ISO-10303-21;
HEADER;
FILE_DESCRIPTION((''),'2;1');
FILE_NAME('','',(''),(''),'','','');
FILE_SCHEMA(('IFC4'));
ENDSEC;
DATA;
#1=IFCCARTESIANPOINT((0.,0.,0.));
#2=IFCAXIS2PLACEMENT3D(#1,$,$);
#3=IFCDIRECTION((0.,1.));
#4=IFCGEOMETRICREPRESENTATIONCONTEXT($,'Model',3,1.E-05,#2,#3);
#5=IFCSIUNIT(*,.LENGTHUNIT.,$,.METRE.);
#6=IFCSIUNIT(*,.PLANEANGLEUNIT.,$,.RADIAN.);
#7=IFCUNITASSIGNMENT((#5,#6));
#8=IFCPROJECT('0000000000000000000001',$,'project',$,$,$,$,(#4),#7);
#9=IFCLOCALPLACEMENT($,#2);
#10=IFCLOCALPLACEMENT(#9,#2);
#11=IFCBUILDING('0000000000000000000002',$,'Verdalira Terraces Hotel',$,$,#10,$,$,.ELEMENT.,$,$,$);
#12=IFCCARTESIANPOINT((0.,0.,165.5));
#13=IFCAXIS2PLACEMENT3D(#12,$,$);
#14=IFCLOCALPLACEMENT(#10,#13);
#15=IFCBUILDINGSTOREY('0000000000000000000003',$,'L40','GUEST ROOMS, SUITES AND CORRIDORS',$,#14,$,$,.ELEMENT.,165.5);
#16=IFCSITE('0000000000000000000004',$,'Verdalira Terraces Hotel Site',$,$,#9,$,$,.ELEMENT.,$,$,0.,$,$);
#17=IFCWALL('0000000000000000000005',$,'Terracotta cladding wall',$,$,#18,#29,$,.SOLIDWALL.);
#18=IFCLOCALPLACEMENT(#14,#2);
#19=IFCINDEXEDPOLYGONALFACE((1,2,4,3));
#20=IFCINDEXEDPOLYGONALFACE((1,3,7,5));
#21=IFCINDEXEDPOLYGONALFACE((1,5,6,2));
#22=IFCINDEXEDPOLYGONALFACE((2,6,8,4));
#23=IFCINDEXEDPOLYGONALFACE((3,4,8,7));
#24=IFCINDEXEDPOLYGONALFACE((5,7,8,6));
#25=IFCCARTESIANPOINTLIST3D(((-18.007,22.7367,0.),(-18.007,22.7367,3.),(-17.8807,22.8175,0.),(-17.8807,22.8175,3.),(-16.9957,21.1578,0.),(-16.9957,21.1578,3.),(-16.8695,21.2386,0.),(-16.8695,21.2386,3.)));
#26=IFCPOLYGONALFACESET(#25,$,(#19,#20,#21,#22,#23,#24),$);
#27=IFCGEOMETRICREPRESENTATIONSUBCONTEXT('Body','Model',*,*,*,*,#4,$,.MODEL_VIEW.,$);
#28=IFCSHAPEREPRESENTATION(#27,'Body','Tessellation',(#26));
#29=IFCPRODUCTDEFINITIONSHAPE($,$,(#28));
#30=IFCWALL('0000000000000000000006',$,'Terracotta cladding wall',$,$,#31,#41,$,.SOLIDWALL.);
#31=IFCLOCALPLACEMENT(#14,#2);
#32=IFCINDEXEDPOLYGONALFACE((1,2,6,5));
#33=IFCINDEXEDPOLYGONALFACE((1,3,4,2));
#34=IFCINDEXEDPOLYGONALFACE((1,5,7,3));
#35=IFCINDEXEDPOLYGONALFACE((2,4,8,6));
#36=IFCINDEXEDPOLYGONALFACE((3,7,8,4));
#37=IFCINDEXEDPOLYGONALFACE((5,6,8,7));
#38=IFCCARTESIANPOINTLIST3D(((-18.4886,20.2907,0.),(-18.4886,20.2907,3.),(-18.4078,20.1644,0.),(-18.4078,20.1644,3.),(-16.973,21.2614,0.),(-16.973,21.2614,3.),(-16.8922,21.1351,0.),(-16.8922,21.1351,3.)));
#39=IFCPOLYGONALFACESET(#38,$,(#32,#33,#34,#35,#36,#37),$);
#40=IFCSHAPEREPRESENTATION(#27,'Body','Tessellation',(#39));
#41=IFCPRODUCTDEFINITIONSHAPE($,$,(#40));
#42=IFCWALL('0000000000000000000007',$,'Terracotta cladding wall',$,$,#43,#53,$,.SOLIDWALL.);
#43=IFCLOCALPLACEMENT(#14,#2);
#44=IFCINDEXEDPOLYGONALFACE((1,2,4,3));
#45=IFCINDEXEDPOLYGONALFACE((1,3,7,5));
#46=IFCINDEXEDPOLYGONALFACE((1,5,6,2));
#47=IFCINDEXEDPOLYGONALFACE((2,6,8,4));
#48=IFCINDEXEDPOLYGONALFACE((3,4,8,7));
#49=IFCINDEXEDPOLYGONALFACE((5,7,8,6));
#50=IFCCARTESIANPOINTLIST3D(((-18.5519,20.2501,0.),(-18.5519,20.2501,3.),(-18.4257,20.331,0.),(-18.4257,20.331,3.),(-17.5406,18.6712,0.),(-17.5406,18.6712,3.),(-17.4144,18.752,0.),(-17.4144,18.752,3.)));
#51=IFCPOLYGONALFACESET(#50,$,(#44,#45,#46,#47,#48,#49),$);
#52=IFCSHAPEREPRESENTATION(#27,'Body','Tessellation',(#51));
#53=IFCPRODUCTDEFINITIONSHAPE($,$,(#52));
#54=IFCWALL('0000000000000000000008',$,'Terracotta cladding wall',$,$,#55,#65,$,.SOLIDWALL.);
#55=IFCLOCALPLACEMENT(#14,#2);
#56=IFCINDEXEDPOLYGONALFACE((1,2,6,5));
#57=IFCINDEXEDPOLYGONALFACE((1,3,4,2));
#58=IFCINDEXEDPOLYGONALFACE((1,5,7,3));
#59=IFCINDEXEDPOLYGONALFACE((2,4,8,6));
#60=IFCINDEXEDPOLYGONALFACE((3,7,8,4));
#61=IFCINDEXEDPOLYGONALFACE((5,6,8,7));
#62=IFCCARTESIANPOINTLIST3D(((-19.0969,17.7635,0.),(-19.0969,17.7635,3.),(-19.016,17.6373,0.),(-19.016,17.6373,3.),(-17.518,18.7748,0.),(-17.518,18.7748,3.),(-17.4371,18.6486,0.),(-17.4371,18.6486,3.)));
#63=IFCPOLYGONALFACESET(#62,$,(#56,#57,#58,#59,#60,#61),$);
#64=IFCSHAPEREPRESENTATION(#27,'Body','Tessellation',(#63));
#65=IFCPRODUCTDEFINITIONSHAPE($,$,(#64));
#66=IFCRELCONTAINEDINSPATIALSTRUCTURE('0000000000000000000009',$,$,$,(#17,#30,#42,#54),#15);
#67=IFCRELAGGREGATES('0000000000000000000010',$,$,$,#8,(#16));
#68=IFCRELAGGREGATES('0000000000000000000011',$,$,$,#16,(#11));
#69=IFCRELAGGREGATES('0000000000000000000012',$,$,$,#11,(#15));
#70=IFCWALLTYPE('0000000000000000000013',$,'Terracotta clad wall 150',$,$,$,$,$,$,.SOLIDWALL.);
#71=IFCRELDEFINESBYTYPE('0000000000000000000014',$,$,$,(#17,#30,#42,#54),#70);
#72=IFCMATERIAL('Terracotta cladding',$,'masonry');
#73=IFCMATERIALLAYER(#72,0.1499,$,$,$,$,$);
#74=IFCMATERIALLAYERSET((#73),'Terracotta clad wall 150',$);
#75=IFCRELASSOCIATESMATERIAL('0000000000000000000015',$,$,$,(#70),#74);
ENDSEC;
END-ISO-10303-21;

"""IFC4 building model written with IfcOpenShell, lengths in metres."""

from ifc_helpers import new_model, si_unit, direction, frame, frame_2d, origin, place, context, subcontext, project, spatial, rectangle, extrude, material, layer, layer_set, type_object, element, save


model = new_model("IFC4")

# Units and contexts
model_context = context("Model", 3, precision=1e-05, world=origin(), true_north=direction((0.0, 1.0)))
body_context = subcontext(model_context, "Body", "Model", "MODEL_VIEW")
ifc_project = project(units=[si_unit("LENGTHUNIT", "METRE"), si_unit("PLANEANGLEUNIT", "RADIAN")], contexts=[model_context])

# Site, building, storey
site_placement = place(None, origin())
site = spatial("IfcSite", under=ifc_project, at=site_placement, Name="Verdalira Terraces Hotel Site", CompositionType="ELEMENT", RefElevation=0.0)
building_placement = place(site_placement, origin())
building = spatial("IfcBuilding", under=site, at=building_placement, Name="Verdalira Terraces Hotel", CompositionType="ELEMENT")
storey_placement = place(building_placement, frame((0.0, 0.0, 165.5)))
storey = spatial("IfcBuildingStorey", under=building, at=storey_placement, Name="L40", Description="GUEST ROOMS, SUITES AND CORRIDORS", CompositionType="ELEMENT", Elevation=165.5)

# Walls
ifc_material_1 = material(Name="Terracotta cladding", Category="masonry")
ifc_layer_1 = layer(ifc_material_1, 0.1499)
ifc_layer_set_1 = layer_set([ifc_layer_1], Name="Terracotta clad wall 150")
wall_type_1 = type_object("IfcWallType", Name="Terracotta clad wall 150", PredefinedType="SOLIDWALL", material=ifc_layer_set_1)
wall_1_placement = place(storey_placement, frame((-17.9438, 22.7771, 0.0), z_axis=(0.0, 0.0, 1.0), x_axis=(0.539342, -0.842087, 0.0)))
element("IfcWall", 1, at=wall_1_placement, inside=storey, type_object=wall_type_1, Name="Terracotta cladding wall", PredefinedType="SOLIDWALL", context=body_context, shape_type="SweptSolid", body=[
    extrude(rectangle(XDim=1.875, YDim=0.1499, at=frame_2d((0.9375, 0.0))), origin(), (0.0, 0.0, 1.0), 3.0),
])
wall_2_placement = place(storey_placement, frame((-16.9326, 21.1982, 0.0), z_axis=(0.0, 0.0, 1.0), x_axis=(-0.842094, -0.539331, 0.0)))
element("IfcWall", 2, at=wall_2_placement, inside=storey, type_object=wall_type_1, Name="Terracotta cladding wall", PredefinedType="SOLIDWALL", context=body_context, shape_type="SweptSolid", body=[
    extrude(rectangle(XDim=1.7998, YDim=0.1499, at=frame_2d((0.8999, 0.0))), origin(), (0.0, 0.0, 1.0), 3.0),
])
for number, where, z_axis, x_axis, name in (
    (3, (-18.4888, 20.2905, 0.0), (0.0, 0.0, 1.0), (0.539342, -0.842087, 0.0), "Terracotta cladding wall"),
    (4, (-17.4775, 18.7117, 0.0), (0.0, 0.0, 1.0), (-0.842087, -0.539342, 0.0), "Terracotta cladding wall"),
):
    element("IfcWall", number, at=place(storey_placement, frame(where, z_axis=z_axis, x_axis=x_axis)), inside=storey, type_object=wall_type_1, Name=name, PredefinedType="SOLIDWALL", context=body_context, shape_type="SweptSolid", body=[
        extrude(rectangle(XDim=1.875, YDim=0.1499, at=frame_2d((0.9375, 0.0))), origin(), (0.0, 0.0, 1.0), 3.0),
    ])

save(model, "model.ifc")
